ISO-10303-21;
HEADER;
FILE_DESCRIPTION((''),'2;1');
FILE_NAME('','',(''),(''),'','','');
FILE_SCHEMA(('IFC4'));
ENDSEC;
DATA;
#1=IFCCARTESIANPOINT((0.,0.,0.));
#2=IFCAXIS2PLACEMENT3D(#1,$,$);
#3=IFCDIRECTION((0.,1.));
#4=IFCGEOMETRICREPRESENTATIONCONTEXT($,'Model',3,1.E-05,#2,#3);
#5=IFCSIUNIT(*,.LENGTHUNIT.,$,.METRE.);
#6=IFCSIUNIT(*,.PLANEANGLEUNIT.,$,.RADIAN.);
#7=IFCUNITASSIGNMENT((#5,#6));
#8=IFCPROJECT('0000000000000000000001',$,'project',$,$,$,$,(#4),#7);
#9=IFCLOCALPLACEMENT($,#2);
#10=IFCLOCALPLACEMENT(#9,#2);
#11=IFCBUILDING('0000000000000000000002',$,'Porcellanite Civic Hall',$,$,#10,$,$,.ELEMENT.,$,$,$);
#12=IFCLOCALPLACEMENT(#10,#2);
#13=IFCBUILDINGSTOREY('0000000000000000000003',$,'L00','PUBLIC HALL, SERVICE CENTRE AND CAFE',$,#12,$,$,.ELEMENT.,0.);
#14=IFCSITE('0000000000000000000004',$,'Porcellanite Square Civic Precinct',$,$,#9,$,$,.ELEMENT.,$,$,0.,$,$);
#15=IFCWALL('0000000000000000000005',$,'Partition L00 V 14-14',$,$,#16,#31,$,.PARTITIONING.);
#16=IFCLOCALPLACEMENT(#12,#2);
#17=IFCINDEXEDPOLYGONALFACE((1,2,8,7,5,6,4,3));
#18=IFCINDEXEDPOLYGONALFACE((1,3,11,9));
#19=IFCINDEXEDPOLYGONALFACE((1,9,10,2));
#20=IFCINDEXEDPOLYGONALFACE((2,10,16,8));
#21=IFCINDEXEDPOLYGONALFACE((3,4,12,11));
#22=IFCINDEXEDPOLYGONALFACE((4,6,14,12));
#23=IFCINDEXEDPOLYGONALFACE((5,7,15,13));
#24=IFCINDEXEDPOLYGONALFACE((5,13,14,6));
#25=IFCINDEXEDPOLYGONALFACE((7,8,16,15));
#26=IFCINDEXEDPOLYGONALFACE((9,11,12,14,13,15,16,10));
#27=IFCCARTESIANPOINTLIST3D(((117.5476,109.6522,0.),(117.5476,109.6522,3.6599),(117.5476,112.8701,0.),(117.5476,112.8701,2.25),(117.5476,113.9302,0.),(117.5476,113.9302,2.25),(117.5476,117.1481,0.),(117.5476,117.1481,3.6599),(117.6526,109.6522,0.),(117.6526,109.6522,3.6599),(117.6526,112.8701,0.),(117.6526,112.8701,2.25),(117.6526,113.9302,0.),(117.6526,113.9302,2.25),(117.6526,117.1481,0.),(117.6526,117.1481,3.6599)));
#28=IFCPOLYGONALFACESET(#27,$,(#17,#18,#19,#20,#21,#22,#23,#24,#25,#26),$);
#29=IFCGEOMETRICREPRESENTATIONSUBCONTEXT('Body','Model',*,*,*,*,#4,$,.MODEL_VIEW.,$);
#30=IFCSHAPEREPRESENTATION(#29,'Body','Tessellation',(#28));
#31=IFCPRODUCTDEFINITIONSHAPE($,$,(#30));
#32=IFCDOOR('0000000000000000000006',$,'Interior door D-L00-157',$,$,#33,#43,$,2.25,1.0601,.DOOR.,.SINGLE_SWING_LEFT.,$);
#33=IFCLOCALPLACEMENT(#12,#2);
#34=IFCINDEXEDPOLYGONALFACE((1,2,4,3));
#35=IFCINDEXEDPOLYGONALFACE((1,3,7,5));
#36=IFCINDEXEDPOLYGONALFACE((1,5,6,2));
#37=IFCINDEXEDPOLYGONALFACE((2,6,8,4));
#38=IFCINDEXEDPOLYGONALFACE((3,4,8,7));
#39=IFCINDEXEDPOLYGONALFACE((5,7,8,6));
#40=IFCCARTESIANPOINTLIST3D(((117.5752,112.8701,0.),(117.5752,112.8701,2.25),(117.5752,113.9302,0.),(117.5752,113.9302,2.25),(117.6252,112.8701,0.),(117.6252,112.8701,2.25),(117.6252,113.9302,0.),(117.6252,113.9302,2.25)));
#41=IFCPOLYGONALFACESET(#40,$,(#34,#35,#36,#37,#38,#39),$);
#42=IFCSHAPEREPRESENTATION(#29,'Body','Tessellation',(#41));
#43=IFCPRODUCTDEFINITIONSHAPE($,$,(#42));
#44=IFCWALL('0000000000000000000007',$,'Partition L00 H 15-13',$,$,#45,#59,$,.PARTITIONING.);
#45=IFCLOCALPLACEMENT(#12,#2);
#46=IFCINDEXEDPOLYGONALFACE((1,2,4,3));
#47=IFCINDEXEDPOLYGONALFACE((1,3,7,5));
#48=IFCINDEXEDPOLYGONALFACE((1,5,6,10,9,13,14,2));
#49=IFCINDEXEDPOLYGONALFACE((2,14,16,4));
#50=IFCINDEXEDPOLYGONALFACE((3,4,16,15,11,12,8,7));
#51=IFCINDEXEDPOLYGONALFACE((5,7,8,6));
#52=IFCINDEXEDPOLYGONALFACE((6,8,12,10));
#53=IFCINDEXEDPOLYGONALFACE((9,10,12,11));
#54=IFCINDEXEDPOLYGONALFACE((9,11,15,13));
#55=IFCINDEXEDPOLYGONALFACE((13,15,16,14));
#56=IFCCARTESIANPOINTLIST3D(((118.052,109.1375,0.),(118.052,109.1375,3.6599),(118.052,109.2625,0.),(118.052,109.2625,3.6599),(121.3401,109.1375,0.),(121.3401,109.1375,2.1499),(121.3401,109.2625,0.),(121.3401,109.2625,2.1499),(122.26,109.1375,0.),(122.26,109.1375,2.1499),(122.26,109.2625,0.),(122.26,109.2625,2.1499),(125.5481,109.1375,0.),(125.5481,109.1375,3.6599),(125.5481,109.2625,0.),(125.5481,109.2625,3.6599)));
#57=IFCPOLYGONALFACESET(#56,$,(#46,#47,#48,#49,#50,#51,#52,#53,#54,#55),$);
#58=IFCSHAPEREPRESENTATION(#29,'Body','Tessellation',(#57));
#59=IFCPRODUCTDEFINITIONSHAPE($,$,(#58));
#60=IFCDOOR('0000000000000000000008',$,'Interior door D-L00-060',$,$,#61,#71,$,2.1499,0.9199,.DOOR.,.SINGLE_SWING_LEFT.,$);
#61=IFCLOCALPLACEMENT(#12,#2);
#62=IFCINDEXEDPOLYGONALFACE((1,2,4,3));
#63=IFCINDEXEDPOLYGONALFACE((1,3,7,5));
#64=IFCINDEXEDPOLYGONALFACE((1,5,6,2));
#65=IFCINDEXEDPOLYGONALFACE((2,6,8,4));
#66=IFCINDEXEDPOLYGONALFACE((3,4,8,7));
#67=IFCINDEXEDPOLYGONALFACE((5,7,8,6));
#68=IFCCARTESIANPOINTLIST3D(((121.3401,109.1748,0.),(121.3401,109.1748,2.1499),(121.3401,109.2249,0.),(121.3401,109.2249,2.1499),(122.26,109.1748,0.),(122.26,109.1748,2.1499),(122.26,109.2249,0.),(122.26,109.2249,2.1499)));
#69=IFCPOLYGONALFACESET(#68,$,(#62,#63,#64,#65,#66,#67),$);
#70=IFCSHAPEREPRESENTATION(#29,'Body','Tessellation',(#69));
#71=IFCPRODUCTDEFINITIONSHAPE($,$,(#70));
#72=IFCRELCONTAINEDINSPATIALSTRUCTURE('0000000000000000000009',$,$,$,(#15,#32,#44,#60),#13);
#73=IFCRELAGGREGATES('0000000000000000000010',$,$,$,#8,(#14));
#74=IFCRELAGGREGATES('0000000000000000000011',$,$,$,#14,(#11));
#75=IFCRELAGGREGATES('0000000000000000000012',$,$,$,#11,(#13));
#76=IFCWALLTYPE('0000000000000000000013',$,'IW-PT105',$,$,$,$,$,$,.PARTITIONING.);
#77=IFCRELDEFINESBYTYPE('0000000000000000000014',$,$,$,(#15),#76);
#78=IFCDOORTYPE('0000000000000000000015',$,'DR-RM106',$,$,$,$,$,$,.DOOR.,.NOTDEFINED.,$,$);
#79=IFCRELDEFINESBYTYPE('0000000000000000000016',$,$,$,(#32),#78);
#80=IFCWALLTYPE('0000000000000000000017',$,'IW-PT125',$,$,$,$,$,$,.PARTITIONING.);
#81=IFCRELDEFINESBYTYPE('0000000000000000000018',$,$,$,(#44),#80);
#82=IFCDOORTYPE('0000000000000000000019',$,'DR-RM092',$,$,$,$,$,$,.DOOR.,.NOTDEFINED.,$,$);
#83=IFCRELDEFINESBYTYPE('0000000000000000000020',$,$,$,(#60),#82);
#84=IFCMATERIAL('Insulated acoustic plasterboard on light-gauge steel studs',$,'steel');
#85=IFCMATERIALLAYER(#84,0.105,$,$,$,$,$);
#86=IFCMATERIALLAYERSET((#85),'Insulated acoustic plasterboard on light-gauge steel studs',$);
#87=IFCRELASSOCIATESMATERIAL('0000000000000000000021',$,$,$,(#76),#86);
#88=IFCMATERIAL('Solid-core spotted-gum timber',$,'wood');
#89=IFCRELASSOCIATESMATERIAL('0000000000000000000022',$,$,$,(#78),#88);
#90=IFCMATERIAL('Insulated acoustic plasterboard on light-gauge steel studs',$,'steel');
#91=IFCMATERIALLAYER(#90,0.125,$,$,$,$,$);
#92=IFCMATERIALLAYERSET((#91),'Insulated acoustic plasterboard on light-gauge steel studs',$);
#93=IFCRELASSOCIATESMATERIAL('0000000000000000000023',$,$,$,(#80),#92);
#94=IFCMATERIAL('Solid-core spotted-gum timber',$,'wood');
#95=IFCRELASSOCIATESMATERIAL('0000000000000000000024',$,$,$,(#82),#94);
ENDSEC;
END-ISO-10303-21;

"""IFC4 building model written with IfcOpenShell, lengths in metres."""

from ifc_helpers import new_model, si_unit, direction, frame, frame_2d, origin, place, context, subcontext, project, spatial, rectangle, extrude, material, layer, layer_set, type_object, element, fill, save


model = new_model("IFC4")

# Units and contexts
model_context = context("Model", 3, precision=1e-05, world=origin(), true_north=direction((0.0, 1.0)))
body_context = subcontext(model_context, "Body", "Model", "MODEL_VIEW")
ifc_project = project(units=[si_unit("LENGTHUNIT", "METRE"), si_unit("PLANEANGLEUNIT", "RADIAN")], contexts=[model_context])

# Site, building, storey
site_placement = place(None, origin())
site = spatial("IfcSite", under=ifc_project, at=site_placement, Name="Porcellanite Square Civic Precinct", CompositionType="ELEMENT", RefElevation=0.0)
building_placement = place(site_placement, origin())
building = spatial("IfcBuilding", under=site, at=building_placement, Name="Porcellanite Civic Hall", CompositionType="ELEMENT")
storey_placement = place(building_placement, origin())
storey = spatial("IfcBuildingStorey", under=building, at=storey_placement, Name="L00", Description="PUBLIC HALL, SERVICE CENTRE AND CAFE", CompositionType="ELEMENT", Elevation=0.0)

# Walls, openings, doors
ifc_material_1 = material(Name="Insulated acoustic plasterboard on light-gauge steel studs", Category="steel")
ifc_layer_1 = layer(ifc_material_1, 0.105)
ifc_layer_set_1 = layer_set([ifc_layer_1], Name="Insulated acoustic plasterboard on light-gauge steel studs")
wall_type_1 = type_object("IfcWallType", Name="IW-PT105", PredefinedType="PARTITIONING", material=ifc_layer_set_1)
wall_1_placement = place(storey_placement, frame((117.6001, 109.6521, 0.0), z_axis=(0.0, 0.0, 1.0), x_axis=(0.0, 1.0, 0.0)))
wall_1 = element("IfcWall", 1, at=wall_1_placement, inside=storey, type_object=wall_type_1, Name="Partition L00 V 14-14", PredefinedType="PARTITIONING", context=body_context, shape_type="SweptSolid", body=[
    extrude(rectangle(XDim=7.4958, YDim=0.105, at=frame_2d((3.748, 0.0))), origin(), (0.0, 0.0, 1.0), 3.6599),
])
opening_1_placement = place(wall_1_placement, frame((3.218, 0.0, 0.0)))
opening_1 = element("IfcOpeningElement", 2, at=opening_1_placement, cuts=wall_1, PredefinedType="OPENING", context=body_context, shape_type="SweptSolid", body=[
    extrude(rectangle(XDim=1.0601, YDim=2.25, at=frame_2d((0.53, 1.125))), frame((0.0, 0.0525, 0.0), z_axis=(0.0, -1.0, 0.0), x_axis=(1.0, 0.0, 0.0)), (0.0, 0.0, 1.0), 0.105),
])
ifc_material_2 = material(Name="Solid-core spotted-gum timber", Category="wood")
door_type_1 = type_object("IfcDoorType", Name="DR-RM106", OperationType="NOTDEFINED", PredefinedType="DOOR", material=ifc_material_2)
door_1_placement = place(opening_1_placement, origin())
door_1 = element("IfcDoor", 3, at=door_1_placement, inside=storey, type_object=door_type_1, Name="Interior door D-L00-157", OperationType="SINGLE_SWING_LEFT", OverallHeight=2.25, OverallWidth=1.0601, PredefinedType="DOOR", context=body_context, shape_type="SweptSolid", body=[
    extrude(rectangle(XDim=1.0601, YDim=2.25, at=frame_2d((0.53, 1.125))), frame((0.0, 0.0249, 0.0), z_axis=(0.0, -1.0, 0.0), x_axis=(1.0, 0.0, 0.0)), (0.0, 0.0, 1.0), 0.05),
])
fill(opening_1, door_1)
ifc_material_3 = material(Name="Insulated acoustic plasterboard on light-gauge steel studs", Category="steel")
ifc_layer_2 = layer(ifc_material_3, 0.125)
ifc_layer_set_2 = layer_set([ifc_layer_2], Name="Insulated acoustic plasterboard on light-gauge steel studs")
wall_type_2 = type_object("IfcWallType", Name="IW-PT125", PredefinedType="PARTITIONING", material=ifc_layer_set_2)
wall_2_placement = place(storey_placement, frame((118.052, 109.2, 0.0), z_axis=(0.0, 0.0, 1.0), x_axis=(1.0, 0.0, 0.0)))
wall_2 = element("IfcWall", 4, at=wall_2_placement, inside=storey, type_object=wall_type_2, Name="Partition L00 H 15-13", PredefinedType="PARTITIONING", context=body_context, shape_type="SweptSolid", body=[
    extrude(rectangle(XDim=7.4961, YDim=0.125, at=frame_2d((3.748, 0.0))), origin(), (0.0, 0.0, 1.0), 3.6599),
])
opening_2_placement = place(wall_2_placement, frame((3.2881, 0.0, 0.0)))
opening_2 = element("IfcOpeningElement", 5, at=opening_2_placement, cuts=wall_2, PredefinedType="OPENING", context=body_context, shape_type="SweptSolid", body=[
    extrude(rectangle(XDim=0.9199, YDim=2.1499, at=frame_2d((0.46, 1.075))), frame((0.0, 0.0625, 0.0), z_axis=(0.0, -1.0, 0.0), x_axis=(1.0, 0.0, 0.0)), (0.0, 0.0, 1.0), 0.125),
])
ifc_material_4 = material(Name="Solid-core spotted-gum timber", Category="wood")
door_type_2 = type_object("IfcDoorType", Name="DR-RM092", OperationType="NOTDEFINED", PredefinedType="DOOR", material=ifc_material_4)
door_2_placement = place(opening_2_placement, origin())
door_2 = element("IfcDoor", 6, at=door_2_placement, inside=storey, type_object=door_type_2, Name="Interior door D-L00-060", OperationType="SINGLE_SWING_LEFT", OverallHeight=2.1499, OverallWidth=0.9199, PredefinedType="DOOR", context=body_context, shape_type="SweptSolid", body=[
    extrude(rectangle(XDim=0.9199, YDim=2.1499, at=frame_2d((0.46, 1.075))), frame((0.0, 0.0249, 0.0), z_axis=(0.0, -1.0, 0.0), x_axis=(1.0, 0.0, 0.0)), (0.0, 0.0, 1.0), 0.05),
])
fill(opening_2, door_2)

save(model, "model.ifc")
